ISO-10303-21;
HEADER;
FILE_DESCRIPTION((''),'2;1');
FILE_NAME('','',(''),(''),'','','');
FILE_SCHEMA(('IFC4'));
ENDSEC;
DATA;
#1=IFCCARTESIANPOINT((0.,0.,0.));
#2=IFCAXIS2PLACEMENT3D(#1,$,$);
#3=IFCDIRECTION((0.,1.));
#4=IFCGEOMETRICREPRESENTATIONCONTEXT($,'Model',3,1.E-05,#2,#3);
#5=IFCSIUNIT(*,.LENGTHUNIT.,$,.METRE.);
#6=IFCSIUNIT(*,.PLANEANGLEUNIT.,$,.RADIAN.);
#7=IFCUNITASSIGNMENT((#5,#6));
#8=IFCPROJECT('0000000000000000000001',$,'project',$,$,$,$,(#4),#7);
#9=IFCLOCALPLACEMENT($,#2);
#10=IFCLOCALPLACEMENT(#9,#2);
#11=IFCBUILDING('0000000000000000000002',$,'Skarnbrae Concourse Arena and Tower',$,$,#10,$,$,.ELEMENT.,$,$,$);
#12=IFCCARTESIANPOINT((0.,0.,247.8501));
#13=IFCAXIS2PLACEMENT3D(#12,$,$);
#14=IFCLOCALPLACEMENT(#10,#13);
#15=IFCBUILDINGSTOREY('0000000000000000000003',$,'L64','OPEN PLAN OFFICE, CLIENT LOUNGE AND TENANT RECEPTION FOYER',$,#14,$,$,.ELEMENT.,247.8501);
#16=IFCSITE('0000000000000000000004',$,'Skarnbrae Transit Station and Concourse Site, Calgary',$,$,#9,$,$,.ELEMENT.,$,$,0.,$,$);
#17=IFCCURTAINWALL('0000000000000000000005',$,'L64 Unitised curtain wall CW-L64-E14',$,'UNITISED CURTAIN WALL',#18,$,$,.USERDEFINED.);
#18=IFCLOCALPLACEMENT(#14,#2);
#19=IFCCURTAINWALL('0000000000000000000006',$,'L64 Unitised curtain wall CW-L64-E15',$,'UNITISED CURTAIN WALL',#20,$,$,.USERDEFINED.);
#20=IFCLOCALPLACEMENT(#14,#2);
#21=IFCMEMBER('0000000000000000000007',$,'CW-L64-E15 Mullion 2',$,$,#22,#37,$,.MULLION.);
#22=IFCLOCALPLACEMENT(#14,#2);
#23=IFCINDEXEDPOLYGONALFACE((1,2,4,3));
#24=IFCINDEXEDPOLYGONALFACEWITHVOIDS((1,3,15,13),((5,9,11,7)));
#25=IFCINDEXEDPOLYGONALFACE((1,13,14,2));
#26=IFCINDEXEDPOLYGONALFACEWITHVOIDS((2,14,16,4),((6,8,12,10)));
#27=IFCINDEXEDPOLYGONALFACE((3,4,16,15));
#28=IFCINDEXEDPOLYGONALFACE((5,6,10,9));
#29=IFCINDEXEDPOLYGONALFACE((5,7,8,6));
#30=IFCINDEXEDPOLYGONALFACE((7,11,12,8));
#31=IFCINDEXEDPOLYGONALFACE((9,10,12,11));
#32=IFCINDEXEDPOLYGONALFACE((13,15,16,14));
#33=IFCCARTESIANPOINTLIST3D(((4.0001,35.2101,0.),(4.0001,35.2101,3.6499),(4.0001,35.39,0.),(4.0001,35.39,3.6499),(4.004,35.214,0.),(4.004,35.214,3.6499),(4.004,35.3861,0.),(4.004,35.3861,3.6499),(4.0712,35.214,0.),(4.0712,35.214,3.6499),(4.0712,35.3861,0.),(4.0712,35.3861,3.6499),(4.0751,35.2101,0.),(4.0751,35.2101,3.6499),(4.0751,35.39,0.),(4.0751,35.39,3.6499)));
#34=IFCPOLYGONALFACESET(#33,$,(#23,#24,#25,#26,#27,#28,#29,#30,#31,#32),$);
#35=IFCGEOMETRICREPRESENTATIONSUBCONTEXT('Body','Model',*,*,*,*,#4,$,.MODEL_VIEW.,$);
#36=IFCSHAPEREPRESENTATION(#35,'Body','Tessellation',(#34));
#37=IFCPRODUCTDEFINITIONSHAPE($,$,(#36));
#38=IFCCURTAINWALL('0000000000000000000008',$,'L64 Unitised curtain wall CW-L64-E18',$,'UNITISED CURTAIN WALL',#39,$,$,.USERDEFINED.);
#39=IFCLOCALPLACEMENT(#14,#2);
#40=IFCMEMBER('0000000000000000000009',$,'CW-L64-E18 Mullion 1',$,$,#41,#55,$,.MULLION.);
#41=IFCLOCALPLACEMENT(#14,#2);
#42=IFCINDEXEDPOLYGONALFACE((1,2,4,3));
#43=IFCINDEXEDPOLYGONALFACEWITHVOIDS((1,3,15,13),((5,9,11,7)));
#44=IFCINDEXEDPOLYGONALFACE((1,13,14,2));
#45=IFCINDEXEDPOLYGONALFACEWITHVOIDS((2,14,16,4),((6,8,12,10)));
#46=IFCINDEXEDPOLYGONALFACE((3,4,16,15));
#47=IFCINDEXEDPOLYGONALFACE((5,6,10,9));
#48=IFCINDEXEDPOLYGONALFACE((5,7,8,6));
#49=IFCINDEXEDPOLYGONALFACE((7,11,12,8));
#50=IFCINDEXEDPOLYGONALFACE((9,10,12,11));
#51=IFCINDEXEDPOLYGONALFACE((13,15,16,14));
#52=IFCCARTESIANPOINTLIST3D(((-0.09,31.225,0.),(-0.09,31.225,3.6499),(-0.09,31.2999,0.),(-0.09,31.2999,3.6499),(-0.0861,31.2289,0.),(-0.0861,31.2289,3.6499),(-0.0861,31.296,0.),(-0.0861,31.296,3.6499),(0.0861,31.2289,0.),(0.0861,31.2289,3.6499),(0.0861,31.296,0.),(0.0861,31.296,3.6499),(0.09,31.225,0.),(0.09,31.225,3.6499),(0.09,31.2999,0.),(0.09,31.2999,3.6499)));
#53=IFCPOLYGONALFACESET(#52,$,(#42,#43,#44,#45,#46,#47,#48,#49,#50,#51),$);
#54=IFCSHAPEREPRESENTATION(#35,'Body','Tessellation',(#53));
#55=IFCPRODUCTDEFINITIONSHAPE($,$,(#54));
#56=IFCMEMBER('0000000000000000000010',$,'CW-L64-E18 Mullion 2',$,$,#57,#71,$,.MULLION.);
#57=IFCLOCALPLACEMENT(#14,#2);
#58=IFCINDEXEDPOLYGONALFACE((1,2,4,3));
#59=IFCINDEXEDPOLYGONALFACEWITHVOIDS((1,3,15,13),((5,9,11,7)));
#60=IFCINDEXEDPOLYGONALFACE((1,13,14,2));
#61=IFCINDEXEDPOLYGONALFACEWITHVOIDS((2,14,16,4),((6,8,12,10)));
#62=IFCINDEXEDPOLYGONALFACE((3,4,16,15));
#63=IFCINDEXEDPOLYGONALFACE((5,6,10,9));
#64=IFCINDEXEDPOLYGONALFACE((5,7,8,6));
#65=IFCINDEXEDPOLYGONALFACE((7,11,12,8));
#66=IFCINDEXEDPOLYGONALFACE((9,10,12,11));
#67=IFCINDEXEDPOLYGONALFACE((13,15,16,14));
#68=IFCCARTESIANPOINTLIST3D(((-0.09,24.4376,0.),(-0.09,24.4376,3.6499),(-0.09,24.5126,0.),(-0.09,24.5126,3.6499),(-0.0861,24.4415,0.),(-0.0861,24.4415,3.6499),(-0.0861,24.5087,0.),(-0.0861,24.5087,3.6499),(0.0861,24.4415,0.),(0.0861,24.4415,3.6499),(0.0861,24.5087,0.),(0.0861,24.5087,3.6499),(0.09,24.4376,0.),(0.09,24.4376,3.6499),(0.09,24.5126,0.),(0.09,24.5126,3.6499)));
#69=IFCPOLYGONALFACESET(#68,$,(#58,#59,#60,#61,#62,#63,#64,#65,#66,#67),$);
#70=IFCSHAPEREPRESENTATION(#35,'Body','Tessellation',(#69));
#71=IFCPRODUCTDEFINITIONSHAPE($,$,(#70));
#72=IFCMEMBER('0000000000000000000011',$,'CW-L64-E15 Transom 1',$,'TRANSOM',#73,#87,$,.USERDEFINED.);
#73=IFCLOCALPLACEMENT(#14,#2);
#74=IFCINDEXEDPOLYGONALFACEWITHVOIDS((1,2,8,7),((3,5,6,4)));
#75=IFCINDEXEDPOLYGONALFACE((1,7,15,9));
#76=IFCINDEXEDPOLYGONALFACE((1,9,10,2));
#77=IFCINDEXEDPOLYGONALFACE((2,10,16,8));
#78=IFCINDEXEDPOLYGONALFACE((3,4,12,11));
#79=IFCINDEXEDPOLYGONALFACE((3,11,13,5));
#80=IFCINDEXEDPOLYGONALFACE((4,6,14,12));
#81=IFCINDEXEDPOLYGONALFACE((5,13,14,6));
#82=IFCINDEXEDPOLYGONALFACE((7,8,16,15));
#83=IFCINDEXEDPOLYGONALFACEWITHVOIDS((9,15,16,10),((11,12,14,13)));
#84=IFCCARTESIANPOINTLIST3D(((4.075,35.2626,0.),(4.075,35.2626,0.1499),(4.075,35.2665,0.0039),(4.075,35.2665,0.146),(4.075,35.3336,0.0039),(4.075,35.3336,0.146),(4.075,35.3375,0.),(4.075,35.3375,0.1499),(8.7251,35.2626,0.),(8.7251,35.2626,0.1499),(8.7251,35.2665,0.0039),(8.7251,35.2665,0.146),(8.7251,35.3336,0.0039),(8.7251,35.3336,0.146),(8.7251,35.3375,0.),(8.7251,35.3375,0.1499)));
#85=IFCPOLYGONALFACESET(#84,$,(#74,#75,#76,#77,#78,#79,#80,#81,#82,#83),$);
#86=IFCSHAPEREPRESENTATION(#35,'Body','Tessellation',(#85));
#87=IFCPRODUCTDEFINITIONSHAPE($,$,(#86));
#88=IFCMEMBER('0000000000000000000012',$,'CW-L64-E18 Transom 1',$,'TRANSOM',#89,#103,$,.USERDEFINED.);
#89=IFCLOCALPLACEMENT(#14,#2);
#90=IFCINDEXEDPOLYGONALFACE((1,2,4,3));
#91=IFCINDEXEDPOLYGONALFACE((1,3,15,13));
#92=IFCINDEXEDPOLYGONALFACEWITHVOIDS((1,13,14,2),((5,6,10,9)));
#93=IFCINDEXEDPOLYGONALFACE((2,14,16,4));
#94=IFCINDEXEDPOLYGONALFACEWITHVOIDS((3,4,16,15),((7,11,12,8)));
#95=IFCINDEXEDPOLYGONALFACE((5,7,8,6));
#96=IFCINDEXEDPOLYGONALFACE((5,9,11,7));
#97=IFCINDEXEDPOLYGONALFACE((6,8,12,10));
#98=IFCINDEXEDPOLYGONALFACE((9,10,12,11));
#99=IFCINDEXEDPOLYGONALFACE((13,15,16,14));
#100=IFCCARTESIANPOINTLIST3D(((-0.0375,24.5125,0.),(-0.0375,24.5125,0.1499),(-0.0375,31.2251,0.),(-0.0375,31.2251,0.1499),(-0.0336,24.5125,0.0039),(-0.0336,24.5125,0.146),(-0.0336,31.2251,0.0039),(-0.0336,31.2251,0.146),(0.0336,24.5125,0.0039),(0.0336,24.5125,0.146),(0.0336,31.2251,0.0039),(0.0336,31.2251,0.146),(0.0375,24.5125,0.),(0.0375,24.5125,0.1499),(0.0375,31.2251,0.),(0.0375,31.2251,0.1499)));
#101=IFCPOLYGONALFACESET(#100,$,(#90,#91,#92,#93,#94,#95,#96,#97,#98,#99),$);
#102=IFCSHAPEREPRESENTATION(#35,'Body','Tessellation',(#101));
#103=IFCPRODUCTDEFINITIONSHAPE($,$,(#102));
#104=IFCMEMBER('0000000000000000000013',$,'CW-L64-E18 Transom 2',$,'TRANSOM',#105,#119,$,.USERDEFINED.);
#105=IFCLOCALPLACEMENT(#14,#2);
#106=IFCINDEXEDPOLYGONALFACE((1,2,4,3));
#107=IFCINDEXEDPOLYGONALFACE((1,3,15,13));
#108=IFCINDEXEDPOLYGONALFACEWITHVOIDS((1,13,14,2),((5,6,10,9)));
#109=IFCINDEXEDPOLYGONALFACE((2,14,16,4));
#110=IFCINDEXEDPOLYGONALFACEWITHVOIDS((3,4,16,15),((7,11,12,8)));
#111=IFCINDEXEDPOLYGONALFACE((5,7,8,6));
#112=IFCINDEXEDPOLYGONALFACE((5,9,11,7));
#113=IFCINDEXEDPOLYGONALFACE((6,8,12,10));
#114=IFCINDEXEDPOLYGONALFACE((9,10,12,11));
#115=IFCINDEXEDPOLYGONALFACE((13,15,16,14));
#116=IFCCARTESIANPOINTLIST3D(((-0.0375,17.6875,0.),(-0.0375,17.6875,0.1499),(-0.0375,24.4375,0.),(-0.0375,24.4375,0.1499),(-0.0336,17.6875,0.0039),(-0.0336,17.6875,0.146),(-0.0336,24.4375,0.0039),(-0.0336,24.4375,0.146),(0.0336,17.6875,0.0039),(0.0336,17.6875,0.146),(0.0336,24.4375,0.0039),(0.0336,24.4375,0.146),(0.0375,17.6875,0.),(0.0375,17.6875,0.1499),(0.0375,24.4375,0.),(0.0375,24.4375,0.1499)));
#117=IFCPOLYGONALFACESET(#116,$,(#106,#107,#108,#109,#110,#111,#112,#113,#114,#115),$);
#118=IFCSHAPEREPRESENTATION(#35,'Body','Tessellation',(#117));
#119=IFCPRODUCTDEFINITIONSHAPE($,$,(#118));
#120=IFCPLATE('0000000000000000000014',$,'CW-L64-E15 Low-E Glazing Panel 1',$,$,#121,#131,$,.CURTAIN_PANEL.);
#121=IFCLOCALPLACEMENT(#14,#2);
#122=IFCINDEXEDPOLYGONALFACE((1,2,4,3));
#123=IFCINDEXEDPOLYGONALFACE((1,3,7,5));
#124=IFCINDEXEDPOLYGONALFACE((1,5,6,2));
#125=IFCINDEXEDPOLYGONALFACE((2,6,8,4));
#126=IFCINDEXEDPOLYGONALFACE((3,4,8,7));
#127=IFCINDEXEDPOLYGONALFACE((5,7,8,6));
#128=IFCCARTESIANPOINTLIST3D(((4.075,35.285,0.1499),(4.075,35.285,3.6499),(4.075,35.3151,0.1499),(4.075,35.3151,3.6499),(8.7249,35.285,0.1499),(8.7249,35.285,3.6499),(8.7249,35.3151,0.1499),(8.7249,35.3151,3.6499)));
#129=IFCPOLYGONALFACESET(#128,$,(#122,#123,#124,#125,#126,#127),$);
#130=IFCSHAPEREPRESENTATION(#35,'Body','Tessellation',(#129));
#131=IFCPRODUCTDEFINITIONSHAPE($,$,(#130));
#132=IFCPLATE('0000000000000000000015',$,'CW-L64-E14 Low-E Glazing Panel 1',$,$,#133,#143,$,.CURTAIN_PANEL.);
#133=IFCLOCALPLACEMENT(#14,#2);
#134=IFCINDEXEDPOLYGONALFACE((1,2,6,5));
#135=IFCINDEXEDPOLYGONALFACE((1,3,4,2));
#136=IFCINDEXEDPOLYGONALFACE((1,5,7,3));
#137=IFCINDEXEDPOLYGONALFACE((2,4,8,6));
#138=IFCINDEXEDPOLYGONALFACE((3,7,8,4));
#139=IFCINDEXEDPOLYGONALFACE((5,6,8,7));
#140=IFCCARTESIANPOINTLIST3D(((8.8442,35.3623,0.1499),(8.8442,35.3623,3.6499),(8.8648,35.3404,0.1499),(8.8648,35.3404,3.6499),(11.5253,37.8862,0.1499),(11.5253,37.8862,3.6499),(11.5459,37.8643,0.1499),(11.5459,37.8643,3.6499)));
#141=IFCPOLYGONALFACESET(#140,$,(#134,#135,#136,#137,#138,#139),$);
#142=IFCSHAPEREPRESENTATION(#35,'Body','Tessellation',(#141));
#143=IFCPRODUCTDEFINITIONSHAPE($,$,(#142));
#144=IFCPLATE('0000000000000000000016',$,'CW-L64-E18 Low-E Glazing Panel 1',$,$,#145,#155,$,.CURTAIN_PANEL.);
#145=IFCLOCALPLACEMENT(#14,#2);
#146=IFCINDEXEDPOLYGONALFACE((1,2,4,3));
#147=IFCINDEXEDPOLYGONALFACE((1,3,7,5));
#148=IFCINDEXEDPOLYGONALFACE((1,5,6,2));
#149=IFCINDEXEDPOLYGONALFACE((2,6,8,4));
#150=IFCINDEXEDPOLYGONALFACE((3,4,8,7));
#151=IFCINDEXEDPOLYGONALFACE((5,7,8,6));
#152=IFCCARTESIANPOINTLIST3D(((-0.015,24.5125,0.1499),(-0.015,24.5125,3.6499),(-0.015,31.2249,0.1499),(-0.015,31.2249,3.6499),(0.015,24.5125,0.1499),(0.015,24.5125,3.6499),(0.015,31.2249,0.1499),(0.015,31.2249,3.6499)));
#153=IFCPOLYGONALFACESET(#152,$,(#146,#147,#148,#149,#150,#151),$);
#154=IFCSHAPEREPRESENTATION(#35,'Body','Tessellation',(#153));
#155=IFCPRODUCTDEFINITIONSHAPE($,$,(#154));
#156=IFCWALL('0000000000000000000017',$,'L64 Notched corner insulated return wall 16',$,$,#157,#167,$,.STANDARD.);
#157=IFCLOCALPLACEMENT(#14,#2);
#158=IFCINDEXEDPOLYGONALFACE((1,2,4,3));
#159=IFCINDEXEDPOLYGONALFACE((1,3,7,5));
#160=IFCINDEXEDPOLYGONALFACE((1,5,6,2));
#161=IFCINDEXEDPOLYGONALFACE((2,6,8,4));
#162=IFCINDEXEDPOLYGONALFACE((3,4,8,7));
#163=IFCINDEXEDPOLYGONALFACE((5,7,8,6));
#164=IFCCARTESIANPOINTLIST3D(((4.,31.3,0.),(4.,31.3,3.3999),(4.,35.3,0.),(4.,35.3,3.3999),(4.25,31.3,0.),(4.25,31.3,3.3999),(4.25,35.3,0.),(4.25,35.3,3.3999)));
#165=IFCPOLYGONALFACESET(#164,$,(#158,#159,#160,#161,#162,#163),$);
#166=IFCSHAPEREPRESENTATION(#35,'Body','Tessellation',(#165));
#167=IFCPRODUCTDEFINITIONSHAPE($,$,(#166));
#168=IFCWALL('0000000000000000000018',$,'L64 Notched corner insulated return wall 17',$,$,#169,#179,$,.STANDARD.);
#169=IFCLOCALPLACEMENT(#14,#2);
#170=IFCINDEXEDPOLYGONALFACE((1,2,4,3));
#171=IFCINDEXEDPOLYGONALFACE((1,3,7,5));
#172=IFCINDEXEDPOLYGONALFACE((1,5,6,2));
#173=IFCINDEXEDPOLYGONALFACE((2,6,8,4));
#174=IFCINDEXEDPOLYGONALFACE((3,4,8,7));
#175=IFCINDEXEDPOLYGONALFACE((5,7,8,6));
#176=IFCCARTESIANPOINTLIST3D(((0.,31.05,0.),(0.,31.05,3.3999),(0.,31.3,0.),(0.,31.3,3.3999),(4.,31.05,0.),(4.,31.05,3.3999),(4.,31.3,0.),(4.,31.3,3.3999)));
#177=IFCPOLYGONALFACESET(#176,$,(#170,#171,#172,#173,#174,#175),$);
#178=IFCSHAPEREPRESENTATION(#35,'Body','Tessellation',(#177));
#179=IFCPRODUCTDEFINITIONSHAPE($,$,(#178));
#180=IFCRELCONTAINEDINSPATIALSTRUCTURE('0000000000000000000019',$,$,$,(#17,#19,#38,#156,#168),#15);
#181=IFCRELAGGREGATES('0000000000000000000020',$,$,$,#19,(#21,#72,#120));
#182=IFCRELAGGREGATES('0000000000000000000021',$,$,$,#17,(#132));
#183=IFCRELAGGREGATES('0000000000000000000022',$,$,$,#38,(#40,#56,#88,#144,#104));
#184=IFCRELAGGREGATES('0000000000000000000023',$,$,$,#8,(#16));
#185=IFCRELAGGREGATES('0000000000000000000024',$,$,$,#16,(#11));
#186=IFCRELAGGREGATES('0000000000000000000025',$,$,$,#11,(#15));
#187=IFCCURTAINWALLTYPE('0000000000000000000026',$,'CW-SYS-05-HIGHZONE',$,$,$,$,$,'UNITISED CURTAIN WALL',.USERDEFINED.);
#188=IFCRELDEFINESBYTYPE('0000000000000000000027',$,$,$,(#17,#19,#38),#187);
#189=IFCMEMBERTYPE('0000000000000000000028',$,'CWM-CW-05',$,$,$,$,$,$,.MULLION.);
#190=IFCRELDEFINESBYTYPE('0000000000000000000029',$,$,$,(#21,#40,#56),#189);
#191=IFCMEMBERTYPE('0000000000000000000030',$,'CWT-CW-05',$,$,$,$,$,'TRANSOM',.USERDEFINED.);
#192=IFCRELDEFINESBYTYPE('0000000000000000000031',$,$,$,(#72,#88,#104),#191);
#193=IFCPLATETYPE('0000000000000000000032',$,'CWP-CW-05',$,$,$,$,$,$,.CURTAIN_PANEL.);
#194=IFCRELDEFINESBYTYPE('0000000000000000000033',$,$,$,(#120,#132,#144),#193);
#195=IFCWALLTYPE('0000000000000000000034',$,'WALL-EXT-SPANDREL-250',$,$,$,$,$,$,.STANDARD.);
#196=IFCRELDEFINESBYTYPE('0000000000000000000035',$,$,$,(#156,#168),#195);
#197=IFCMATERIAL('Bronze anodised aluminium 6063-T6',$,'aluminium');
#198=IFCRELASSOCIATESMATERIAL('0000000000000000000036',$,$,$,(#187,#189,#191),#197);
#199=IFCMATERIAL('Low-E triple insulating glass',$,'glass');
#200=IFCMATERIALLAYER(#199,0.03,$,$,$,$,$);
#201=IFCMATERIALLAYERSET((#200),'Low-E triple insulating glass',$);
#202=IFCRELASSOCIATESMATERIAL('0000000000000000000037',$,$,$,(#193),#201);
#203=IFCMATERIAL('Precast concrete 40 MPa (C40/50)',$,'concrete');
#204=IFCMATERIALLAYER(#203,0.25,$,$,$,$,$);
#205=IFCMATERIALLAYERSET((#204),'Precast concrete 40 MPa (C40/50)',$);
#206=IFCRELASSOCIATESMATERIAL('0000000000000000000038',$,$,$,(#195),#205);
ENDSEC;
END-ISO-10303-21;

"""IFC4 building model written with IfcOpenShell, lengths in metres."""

from ifc_helpers import new_model, si_unit, direction, frame, frame_2d, origin, origin_2d, place, context, subcontext, project, spatial, rectangle, hollow_rectangle, extrude, source, transform, mapped, material, layer, layer_set, material_profile, profile_set, type_object, element, aggregate, save


model = new_model("IFC4")

# Units and contexts
model_context = context("Model", 3, precision=1e-05, world=origin(), true_north=direction((0.0, 1.0)))
body_context = subcontext(model_context, "Body", "Model", "MODEL_VIEW")
ifc_project = project(units=[si_unit("LENGTHUNIT", "METRE"), si_unit("PLANEANGLEUNIT", "RADIAN")], contexts=[model_context])

# Site, building, storey
site_placement = place(None, origin())
site = spatial("IfcSite", under=ifc_project, at=site_placement, Name="Skarnbrae Transit Station and Concourse Site, Calgary", CompositionType="ELEMENT", RefElevation=0.0)
building_placement = place(site_placement, origin())
building = spatial("IfcBuilding", under=site, at=building_placement, Name="Skarnbrae Concourse Arena and Tower", CompositionType="ELEMENT")
storey_placement = place(building_placement, frame((0.0, 0.0, 247.8501)))
storey = spatial("IfcBuildingStorey", under=building, at=storey_placement, Name="L64", Description="OPEN PLAN OFFICE, CLIENT LOUNGE AND TENANT RECEPTION FOYER", CompositionType="ELEMENT", Elevation=247.8501)

# Curtain wall
ifc_material_1 = material(Name="Bronze anodised aluminium 6063-T6", Category="aluminium")
curtain_wall_type = type_object("IfcCurtainWallType", Name="CW-SYS-05-HIGHZONE", ElementType="UNITISED CURTAIN WALL", PredefinedType="USERDEFINED", material=ifc_material_1)
curtain_wall_1_placement = place(storey_placement, origin())
curtain_wall_1 = element("IfcCurtainWall", 1, at=curtain_wall_1_placement, inside=storey, type_object=curtain_wall_type, Name="L64 Unitised curtain wall CW-L64-E14", ObjectType="UNITISED CURTAIN WALL", PredefinedType="USERDEFINED")
ifc_material_profile_1 = material_profile(ifc_material_1, hollow_rectangle(XDim=0.075, YDim=0.1799, WallThickness=0.0039, at=origin_2d()), Name="ALU-MULL-75X180")
ifc_profile_set_1 = profile_set([ifc_material_profile_1], Name="Bronze anodised aluminium 6063-T6")
member_type_1 = type_object("IfcMemberType", Name="CWM-CW-05", PredefinedType="MULLION", material=ifc_profile_set_1)
shared_shape_1 = source(origin(), body_context, "Body", "SweptSolid", [
    extrude(hollow_rectangle(XDim=0.075, YDim=0.1799, WallThickness=0.0039, at=origin_2d()), origin(), (0.0, 0.0, 1.0), 3.6499),
])

# Curtain walls, members
curtain_wall_2_placement = place(storey_placement, origin())
curtain_wall_2 = element("IfcCurtainWall", 2, at=curtain_wall_2_placement, inside=storey, type_object=curtain_wall_type, Name="L64 Unitised curtain wall CW-L64-E15", ObjectType="UNITISED CURTAIN WALL", PredefinedType="USERDEFINED")
member_1_placement = place(storey_placement, frame((4.0376, 35.3, 0.0), z_axis=(0.0, 0.0, 1.0), x_axis=(-1.0, 0.0, 0.0)))
member_1 = element("IfcMember", 3, at=member_1_placement, type_object=member_type_1, Name="CW-L64-E15 Mullion 2", PredefinedType="MULLION", context=body_context, shape_type="MappedRepresentation", body=[
    mapped(shared_shape_1, transform((0.0, 0.0, 0.0))),
])
curtain_wall_3_placement = place(storey_placement, origin())
curtain_wall_3 = element("IfcCurtainWall", 4, at=curtain_wall_3_placement, inside=storey, type_object=curtain_wall_type, Name="L64 Unitised curtain wall CW-L64-E18", ObjectType="UNITISED CURTAIN WALL", PredefinedType="USERDEFINED")
member_2_placement = place(storey_placement, frame((0.0, 31.2625, 0.0), z_axis=(0.0, 0.0, 1.0), x_axis=(0.0, -1.0, 0.0)))
member_2 = element("IfcMember", 5, at=member_2_placement, type_object=member_type_1, Name="CW-L64-E18 Mullion 1", PredefinedType="MULLION", context=body_context, shape_type="MappedRepresentation", body=[
    mapped(shared_shape_1, transform((0.0, 0.0, 0.0))),
])
member_3_placement = place(storey_placement, frame((0.0, 24.4751, 0.0), z_axis=(0.0, 0.0, 1.0), x_axis=(0.0, -1.0, 0.0)))
member_3 = element("IfcMember", 6, at=member_3_placement, type_object=member_type_1, Name="CW-L64-E18 Mullion 2", PredefinedType="MULLION", context=body_context, shape_type="MappedRepresentation", body=[
    mapped(shared_shape_1, transform((0.0, 0.0, 0.0))),
])

# Members
ifc_material_profile_2 = material_profile(ifc_material_1, hollow_rectangle(XDim=0.075, YDim=0.1499, WallThickness=0.0039, at=origin_2d()), Name="ALU-TRAN-75X150")
ifc_profile_set_2 = profile_set([ifc_material_profile_2], Name="Bronze anodised aluminium 6063-T6")
member_type_2 = type_object("IfcMemberType", Name="CWT-CW-05", ElementType="TRANSOM", PredefinedType="USERDEFINED", material=ifc_profile_set_2)
shared_shape_2 = source(origin(), body_context, "Body", "SweptSolid", [
    extrude(hollow_rectangle(XDim=0.075, YDim=0.1499, WallThickness=0.0039, at=origin_2d()), origin(), (0.0, 0.0, 1.0), 4.6501),
])
member_4_placement = place(storey_placement, frame((8.7251, 35.3, 0.075), z_axis=(-1.0, 0.0, 0.0), x_axis=(0.0, -1.0, 0.0)))
member_4 = element("IfcMember", 7, at=member_4_placement, type_object=member_type_2, Name="CW-L64-E15 Transom 1", ObjectType="TRANSOM", PredefinedType="USERDEFINED", context=body_context, shape_type="MappedRepresentation", body=[
    mapped(shared_shape_2, transform((0.0, 0.0, 0.0))),
])
shared_shape_3 = source(origin(), body_context, "Body", "SweptSolid", [
    extrude(hollow_rectangle(XDim=0.075, YDim=0.1499, WallThickness=0.0039, at=origin_2d()), origin(), (0.0, 0.0, 1.0), 6.7126),
])
member_5_placement = place(storey_placement, frame((0.0, 31.2251, 0.075), z_axis=(0.0, -1.0, 0.0), x_axis=(1.0, 0.0, 0.0)))
member_5 = element("IfcMember", 8, at=member_5_placement, type_object=member_type_2, Name="CW-L64-E18 Transom 1", ObjectType="TRANSOM", PredefinedType="USERDEFINED", context=body_context, shape_type="MappedRepresentation", body=[
    mapped(shared_shape_3, transform((0.0, 0.0, 0.0))),
])
shared_shape_4 = source(origin(), body_context, "Body", "SweptSolid", [
    extrude(hollow_rectangle(XDim=0.075, YDim=0.1499, WallThickness=0.0039, at=origin_2d()), origin(), (0.0, 0.0, 1.0), 6.75),
])
member_6_placement = place(storey_placement, frame((0.0, 24.4375, 0.075), z_axis=(0.0, -1.0, 0.0), x_axis=(1.0, 0.0, 0.0)))
member_6 = element("IfcMember", 9, at=member_6_placement, type_object=member_type_2, Name="CW-L64-E18 Transom 2", ObjectType="TRANSOM", PredefinedType="USERDEFINED", context=body_context, shape_type="MappedRepresentation", body=[
    mapped(shared_shape_4, transform((0.0, 0.0, 0.0))),
])

# Plates
ifc_material_2 = material(Name="Low-E triple insulating glass", Category="glass")
ifc_layer_1 = layer(ifc_material_2, 0.03)
ifc_layer_set_1 = layer_set([ifc_layer_1], Name="Low-E triple insulating glass")
plate_type = type_object("IfcPlateType", Name="CWP-CW-05", PredefinedType="CURTAIN_PANEL", material=ifc_layer_set_1)
shared_shape_5 = source(origin(), body_context, "Body", "SweptSolid", [
    extrude(rectangle(XDim=4.6499, YDim=0.03, at=origin_2d()), origin(), (0.0, 0.0, 1.0), 3.5),
])
plate_1_placement = place(storey_placement, frame((6.3999, 35.3, 0.1499), z_axis=(0.0, 0.0, 1.0), x_axis=(-1.0, 0.0, 0.0)))
plate_1 = element("IfcPlate", 10, at=plate_1_placement, type_object=plate_type, Name="CW-L64-E15 Low-E Glazing Panel 1", PredefinedType="CURTAIN_PANEL", context=body_context, shape_type="MappedRepresentation", body=[
    mapped(shared_shape_5, transform((0.0, 0.0, 0.0))),
])
aggregate(curtain_wall_2, [member_1, member_4, plate_1])
shared_shape_6 = source(origin(), body_context, "Body", "SweptSolid", [
    extrude(rectangle(XDim=3.6821, YDim=0.03, at=origin_2d()), origin(), (0.0, 0.0, 1.0), 3.5),
])
plate_2_placement = place(storey_placement, frame((10.1951, 36.6133, 0.1499), z_axis=(0.0, 0.0, 1.0), x_axis=(-0.728131, -0.685438, 0.0)))
plate_2 = element("IfcPlate", 11, at=plate_2_placement, type_object=plate_type, Name="CW-L64-E14 Low-E Glazing Panel 1", PredefinedType="CURTAIN_PANEL", context=body_context, shape_type="MappedRepresentation", body=[
    mapped(shared_shape_6, transform((0.0, 0.0, 0.0))),
])
aggregate(curtain_wall_1, [plate_2])
shared_shape_7 = source(origin(), body_context, "Body", "SweptSolid", [
    extrude(rectangle(XDim=6.7124, YDim=0.03, at=origin_2d()), origin(), (0.0, 0.0, 1.0), 3.5),
])
plate_3_placement = place(storey_placement, frame((0.0, 27.8687, 0.1499), z_axis=(0.0, 0.0, 1.0), x_axis=(0.0, -1.0, 0.0)))
plate_3 = element("IfcPlate", 12, at=plate_3_placement, type_object=plate_type, Name="CW-L64-E18 Low-E Glazing Panel 1", PredefinedType="CURTAIN_PANEL", context=body_context, shape_type="MappedRepresentation", body=[
    mapped(shared_shape_7, transform((0.0, 0.0, 0.0))),
])
aggregate(curtain_wall_3, [member_2, member_3, member_5, plate_3, member_6])

# Walls
ifc_material_3 = material(Name="Precast concrete 40 MPa (C40/50)", Category="concrete")
ifc_layer_2 = layer(ifc_material_3, 0.25)
ifc_layer_set_2 = layer_set([ifc_layer_2], Name="Precast concrete 40 MPa (C40/50)")
wall_type_1 = type_object("IfcWallType", Name="WALL-EXT-SPANDREL-250", PredefinedType="STANDARD", material=ifc_layer_set_2)
shared_shape_8 = source(origin(), body_context, "Body", "SweptSolid", [
    extrude(rectangle(XDim=4.0, YDim=0.25, at=frame_2d((2.0, 0.0))), origin(), (0.0, 0.0, 1.0), 3.3999),
])
for number, where, z_axis, x_axis, name in (
    (13, (4.125, 35.3, 0.0), (0.0, 0.0, 1.0), (0.0, -1.0, 0.0), "L64 Notched corner insulated return wall 16"),
    (14, (4.0, 31.175, 0.0), (0.0, 0.0, 1.0), (-1.0, 0.0, 0.0), "L64 Notched corner insulated return wall 17"),
):
    element("IfcWall", number, at=place(storey_placement, frame(where, z_axis=z_axis, x_axis=x_axis)), inside=storey, type_object=wall_type_1, Name=name, PredefinedType="STANDARD", context=body_context, shape_type="MappedRepresentation", body=[
        mapped(shared_shape_8, transform((0.0, 0.0, 0.0))),
    ])

save(model, "model.ifc")
